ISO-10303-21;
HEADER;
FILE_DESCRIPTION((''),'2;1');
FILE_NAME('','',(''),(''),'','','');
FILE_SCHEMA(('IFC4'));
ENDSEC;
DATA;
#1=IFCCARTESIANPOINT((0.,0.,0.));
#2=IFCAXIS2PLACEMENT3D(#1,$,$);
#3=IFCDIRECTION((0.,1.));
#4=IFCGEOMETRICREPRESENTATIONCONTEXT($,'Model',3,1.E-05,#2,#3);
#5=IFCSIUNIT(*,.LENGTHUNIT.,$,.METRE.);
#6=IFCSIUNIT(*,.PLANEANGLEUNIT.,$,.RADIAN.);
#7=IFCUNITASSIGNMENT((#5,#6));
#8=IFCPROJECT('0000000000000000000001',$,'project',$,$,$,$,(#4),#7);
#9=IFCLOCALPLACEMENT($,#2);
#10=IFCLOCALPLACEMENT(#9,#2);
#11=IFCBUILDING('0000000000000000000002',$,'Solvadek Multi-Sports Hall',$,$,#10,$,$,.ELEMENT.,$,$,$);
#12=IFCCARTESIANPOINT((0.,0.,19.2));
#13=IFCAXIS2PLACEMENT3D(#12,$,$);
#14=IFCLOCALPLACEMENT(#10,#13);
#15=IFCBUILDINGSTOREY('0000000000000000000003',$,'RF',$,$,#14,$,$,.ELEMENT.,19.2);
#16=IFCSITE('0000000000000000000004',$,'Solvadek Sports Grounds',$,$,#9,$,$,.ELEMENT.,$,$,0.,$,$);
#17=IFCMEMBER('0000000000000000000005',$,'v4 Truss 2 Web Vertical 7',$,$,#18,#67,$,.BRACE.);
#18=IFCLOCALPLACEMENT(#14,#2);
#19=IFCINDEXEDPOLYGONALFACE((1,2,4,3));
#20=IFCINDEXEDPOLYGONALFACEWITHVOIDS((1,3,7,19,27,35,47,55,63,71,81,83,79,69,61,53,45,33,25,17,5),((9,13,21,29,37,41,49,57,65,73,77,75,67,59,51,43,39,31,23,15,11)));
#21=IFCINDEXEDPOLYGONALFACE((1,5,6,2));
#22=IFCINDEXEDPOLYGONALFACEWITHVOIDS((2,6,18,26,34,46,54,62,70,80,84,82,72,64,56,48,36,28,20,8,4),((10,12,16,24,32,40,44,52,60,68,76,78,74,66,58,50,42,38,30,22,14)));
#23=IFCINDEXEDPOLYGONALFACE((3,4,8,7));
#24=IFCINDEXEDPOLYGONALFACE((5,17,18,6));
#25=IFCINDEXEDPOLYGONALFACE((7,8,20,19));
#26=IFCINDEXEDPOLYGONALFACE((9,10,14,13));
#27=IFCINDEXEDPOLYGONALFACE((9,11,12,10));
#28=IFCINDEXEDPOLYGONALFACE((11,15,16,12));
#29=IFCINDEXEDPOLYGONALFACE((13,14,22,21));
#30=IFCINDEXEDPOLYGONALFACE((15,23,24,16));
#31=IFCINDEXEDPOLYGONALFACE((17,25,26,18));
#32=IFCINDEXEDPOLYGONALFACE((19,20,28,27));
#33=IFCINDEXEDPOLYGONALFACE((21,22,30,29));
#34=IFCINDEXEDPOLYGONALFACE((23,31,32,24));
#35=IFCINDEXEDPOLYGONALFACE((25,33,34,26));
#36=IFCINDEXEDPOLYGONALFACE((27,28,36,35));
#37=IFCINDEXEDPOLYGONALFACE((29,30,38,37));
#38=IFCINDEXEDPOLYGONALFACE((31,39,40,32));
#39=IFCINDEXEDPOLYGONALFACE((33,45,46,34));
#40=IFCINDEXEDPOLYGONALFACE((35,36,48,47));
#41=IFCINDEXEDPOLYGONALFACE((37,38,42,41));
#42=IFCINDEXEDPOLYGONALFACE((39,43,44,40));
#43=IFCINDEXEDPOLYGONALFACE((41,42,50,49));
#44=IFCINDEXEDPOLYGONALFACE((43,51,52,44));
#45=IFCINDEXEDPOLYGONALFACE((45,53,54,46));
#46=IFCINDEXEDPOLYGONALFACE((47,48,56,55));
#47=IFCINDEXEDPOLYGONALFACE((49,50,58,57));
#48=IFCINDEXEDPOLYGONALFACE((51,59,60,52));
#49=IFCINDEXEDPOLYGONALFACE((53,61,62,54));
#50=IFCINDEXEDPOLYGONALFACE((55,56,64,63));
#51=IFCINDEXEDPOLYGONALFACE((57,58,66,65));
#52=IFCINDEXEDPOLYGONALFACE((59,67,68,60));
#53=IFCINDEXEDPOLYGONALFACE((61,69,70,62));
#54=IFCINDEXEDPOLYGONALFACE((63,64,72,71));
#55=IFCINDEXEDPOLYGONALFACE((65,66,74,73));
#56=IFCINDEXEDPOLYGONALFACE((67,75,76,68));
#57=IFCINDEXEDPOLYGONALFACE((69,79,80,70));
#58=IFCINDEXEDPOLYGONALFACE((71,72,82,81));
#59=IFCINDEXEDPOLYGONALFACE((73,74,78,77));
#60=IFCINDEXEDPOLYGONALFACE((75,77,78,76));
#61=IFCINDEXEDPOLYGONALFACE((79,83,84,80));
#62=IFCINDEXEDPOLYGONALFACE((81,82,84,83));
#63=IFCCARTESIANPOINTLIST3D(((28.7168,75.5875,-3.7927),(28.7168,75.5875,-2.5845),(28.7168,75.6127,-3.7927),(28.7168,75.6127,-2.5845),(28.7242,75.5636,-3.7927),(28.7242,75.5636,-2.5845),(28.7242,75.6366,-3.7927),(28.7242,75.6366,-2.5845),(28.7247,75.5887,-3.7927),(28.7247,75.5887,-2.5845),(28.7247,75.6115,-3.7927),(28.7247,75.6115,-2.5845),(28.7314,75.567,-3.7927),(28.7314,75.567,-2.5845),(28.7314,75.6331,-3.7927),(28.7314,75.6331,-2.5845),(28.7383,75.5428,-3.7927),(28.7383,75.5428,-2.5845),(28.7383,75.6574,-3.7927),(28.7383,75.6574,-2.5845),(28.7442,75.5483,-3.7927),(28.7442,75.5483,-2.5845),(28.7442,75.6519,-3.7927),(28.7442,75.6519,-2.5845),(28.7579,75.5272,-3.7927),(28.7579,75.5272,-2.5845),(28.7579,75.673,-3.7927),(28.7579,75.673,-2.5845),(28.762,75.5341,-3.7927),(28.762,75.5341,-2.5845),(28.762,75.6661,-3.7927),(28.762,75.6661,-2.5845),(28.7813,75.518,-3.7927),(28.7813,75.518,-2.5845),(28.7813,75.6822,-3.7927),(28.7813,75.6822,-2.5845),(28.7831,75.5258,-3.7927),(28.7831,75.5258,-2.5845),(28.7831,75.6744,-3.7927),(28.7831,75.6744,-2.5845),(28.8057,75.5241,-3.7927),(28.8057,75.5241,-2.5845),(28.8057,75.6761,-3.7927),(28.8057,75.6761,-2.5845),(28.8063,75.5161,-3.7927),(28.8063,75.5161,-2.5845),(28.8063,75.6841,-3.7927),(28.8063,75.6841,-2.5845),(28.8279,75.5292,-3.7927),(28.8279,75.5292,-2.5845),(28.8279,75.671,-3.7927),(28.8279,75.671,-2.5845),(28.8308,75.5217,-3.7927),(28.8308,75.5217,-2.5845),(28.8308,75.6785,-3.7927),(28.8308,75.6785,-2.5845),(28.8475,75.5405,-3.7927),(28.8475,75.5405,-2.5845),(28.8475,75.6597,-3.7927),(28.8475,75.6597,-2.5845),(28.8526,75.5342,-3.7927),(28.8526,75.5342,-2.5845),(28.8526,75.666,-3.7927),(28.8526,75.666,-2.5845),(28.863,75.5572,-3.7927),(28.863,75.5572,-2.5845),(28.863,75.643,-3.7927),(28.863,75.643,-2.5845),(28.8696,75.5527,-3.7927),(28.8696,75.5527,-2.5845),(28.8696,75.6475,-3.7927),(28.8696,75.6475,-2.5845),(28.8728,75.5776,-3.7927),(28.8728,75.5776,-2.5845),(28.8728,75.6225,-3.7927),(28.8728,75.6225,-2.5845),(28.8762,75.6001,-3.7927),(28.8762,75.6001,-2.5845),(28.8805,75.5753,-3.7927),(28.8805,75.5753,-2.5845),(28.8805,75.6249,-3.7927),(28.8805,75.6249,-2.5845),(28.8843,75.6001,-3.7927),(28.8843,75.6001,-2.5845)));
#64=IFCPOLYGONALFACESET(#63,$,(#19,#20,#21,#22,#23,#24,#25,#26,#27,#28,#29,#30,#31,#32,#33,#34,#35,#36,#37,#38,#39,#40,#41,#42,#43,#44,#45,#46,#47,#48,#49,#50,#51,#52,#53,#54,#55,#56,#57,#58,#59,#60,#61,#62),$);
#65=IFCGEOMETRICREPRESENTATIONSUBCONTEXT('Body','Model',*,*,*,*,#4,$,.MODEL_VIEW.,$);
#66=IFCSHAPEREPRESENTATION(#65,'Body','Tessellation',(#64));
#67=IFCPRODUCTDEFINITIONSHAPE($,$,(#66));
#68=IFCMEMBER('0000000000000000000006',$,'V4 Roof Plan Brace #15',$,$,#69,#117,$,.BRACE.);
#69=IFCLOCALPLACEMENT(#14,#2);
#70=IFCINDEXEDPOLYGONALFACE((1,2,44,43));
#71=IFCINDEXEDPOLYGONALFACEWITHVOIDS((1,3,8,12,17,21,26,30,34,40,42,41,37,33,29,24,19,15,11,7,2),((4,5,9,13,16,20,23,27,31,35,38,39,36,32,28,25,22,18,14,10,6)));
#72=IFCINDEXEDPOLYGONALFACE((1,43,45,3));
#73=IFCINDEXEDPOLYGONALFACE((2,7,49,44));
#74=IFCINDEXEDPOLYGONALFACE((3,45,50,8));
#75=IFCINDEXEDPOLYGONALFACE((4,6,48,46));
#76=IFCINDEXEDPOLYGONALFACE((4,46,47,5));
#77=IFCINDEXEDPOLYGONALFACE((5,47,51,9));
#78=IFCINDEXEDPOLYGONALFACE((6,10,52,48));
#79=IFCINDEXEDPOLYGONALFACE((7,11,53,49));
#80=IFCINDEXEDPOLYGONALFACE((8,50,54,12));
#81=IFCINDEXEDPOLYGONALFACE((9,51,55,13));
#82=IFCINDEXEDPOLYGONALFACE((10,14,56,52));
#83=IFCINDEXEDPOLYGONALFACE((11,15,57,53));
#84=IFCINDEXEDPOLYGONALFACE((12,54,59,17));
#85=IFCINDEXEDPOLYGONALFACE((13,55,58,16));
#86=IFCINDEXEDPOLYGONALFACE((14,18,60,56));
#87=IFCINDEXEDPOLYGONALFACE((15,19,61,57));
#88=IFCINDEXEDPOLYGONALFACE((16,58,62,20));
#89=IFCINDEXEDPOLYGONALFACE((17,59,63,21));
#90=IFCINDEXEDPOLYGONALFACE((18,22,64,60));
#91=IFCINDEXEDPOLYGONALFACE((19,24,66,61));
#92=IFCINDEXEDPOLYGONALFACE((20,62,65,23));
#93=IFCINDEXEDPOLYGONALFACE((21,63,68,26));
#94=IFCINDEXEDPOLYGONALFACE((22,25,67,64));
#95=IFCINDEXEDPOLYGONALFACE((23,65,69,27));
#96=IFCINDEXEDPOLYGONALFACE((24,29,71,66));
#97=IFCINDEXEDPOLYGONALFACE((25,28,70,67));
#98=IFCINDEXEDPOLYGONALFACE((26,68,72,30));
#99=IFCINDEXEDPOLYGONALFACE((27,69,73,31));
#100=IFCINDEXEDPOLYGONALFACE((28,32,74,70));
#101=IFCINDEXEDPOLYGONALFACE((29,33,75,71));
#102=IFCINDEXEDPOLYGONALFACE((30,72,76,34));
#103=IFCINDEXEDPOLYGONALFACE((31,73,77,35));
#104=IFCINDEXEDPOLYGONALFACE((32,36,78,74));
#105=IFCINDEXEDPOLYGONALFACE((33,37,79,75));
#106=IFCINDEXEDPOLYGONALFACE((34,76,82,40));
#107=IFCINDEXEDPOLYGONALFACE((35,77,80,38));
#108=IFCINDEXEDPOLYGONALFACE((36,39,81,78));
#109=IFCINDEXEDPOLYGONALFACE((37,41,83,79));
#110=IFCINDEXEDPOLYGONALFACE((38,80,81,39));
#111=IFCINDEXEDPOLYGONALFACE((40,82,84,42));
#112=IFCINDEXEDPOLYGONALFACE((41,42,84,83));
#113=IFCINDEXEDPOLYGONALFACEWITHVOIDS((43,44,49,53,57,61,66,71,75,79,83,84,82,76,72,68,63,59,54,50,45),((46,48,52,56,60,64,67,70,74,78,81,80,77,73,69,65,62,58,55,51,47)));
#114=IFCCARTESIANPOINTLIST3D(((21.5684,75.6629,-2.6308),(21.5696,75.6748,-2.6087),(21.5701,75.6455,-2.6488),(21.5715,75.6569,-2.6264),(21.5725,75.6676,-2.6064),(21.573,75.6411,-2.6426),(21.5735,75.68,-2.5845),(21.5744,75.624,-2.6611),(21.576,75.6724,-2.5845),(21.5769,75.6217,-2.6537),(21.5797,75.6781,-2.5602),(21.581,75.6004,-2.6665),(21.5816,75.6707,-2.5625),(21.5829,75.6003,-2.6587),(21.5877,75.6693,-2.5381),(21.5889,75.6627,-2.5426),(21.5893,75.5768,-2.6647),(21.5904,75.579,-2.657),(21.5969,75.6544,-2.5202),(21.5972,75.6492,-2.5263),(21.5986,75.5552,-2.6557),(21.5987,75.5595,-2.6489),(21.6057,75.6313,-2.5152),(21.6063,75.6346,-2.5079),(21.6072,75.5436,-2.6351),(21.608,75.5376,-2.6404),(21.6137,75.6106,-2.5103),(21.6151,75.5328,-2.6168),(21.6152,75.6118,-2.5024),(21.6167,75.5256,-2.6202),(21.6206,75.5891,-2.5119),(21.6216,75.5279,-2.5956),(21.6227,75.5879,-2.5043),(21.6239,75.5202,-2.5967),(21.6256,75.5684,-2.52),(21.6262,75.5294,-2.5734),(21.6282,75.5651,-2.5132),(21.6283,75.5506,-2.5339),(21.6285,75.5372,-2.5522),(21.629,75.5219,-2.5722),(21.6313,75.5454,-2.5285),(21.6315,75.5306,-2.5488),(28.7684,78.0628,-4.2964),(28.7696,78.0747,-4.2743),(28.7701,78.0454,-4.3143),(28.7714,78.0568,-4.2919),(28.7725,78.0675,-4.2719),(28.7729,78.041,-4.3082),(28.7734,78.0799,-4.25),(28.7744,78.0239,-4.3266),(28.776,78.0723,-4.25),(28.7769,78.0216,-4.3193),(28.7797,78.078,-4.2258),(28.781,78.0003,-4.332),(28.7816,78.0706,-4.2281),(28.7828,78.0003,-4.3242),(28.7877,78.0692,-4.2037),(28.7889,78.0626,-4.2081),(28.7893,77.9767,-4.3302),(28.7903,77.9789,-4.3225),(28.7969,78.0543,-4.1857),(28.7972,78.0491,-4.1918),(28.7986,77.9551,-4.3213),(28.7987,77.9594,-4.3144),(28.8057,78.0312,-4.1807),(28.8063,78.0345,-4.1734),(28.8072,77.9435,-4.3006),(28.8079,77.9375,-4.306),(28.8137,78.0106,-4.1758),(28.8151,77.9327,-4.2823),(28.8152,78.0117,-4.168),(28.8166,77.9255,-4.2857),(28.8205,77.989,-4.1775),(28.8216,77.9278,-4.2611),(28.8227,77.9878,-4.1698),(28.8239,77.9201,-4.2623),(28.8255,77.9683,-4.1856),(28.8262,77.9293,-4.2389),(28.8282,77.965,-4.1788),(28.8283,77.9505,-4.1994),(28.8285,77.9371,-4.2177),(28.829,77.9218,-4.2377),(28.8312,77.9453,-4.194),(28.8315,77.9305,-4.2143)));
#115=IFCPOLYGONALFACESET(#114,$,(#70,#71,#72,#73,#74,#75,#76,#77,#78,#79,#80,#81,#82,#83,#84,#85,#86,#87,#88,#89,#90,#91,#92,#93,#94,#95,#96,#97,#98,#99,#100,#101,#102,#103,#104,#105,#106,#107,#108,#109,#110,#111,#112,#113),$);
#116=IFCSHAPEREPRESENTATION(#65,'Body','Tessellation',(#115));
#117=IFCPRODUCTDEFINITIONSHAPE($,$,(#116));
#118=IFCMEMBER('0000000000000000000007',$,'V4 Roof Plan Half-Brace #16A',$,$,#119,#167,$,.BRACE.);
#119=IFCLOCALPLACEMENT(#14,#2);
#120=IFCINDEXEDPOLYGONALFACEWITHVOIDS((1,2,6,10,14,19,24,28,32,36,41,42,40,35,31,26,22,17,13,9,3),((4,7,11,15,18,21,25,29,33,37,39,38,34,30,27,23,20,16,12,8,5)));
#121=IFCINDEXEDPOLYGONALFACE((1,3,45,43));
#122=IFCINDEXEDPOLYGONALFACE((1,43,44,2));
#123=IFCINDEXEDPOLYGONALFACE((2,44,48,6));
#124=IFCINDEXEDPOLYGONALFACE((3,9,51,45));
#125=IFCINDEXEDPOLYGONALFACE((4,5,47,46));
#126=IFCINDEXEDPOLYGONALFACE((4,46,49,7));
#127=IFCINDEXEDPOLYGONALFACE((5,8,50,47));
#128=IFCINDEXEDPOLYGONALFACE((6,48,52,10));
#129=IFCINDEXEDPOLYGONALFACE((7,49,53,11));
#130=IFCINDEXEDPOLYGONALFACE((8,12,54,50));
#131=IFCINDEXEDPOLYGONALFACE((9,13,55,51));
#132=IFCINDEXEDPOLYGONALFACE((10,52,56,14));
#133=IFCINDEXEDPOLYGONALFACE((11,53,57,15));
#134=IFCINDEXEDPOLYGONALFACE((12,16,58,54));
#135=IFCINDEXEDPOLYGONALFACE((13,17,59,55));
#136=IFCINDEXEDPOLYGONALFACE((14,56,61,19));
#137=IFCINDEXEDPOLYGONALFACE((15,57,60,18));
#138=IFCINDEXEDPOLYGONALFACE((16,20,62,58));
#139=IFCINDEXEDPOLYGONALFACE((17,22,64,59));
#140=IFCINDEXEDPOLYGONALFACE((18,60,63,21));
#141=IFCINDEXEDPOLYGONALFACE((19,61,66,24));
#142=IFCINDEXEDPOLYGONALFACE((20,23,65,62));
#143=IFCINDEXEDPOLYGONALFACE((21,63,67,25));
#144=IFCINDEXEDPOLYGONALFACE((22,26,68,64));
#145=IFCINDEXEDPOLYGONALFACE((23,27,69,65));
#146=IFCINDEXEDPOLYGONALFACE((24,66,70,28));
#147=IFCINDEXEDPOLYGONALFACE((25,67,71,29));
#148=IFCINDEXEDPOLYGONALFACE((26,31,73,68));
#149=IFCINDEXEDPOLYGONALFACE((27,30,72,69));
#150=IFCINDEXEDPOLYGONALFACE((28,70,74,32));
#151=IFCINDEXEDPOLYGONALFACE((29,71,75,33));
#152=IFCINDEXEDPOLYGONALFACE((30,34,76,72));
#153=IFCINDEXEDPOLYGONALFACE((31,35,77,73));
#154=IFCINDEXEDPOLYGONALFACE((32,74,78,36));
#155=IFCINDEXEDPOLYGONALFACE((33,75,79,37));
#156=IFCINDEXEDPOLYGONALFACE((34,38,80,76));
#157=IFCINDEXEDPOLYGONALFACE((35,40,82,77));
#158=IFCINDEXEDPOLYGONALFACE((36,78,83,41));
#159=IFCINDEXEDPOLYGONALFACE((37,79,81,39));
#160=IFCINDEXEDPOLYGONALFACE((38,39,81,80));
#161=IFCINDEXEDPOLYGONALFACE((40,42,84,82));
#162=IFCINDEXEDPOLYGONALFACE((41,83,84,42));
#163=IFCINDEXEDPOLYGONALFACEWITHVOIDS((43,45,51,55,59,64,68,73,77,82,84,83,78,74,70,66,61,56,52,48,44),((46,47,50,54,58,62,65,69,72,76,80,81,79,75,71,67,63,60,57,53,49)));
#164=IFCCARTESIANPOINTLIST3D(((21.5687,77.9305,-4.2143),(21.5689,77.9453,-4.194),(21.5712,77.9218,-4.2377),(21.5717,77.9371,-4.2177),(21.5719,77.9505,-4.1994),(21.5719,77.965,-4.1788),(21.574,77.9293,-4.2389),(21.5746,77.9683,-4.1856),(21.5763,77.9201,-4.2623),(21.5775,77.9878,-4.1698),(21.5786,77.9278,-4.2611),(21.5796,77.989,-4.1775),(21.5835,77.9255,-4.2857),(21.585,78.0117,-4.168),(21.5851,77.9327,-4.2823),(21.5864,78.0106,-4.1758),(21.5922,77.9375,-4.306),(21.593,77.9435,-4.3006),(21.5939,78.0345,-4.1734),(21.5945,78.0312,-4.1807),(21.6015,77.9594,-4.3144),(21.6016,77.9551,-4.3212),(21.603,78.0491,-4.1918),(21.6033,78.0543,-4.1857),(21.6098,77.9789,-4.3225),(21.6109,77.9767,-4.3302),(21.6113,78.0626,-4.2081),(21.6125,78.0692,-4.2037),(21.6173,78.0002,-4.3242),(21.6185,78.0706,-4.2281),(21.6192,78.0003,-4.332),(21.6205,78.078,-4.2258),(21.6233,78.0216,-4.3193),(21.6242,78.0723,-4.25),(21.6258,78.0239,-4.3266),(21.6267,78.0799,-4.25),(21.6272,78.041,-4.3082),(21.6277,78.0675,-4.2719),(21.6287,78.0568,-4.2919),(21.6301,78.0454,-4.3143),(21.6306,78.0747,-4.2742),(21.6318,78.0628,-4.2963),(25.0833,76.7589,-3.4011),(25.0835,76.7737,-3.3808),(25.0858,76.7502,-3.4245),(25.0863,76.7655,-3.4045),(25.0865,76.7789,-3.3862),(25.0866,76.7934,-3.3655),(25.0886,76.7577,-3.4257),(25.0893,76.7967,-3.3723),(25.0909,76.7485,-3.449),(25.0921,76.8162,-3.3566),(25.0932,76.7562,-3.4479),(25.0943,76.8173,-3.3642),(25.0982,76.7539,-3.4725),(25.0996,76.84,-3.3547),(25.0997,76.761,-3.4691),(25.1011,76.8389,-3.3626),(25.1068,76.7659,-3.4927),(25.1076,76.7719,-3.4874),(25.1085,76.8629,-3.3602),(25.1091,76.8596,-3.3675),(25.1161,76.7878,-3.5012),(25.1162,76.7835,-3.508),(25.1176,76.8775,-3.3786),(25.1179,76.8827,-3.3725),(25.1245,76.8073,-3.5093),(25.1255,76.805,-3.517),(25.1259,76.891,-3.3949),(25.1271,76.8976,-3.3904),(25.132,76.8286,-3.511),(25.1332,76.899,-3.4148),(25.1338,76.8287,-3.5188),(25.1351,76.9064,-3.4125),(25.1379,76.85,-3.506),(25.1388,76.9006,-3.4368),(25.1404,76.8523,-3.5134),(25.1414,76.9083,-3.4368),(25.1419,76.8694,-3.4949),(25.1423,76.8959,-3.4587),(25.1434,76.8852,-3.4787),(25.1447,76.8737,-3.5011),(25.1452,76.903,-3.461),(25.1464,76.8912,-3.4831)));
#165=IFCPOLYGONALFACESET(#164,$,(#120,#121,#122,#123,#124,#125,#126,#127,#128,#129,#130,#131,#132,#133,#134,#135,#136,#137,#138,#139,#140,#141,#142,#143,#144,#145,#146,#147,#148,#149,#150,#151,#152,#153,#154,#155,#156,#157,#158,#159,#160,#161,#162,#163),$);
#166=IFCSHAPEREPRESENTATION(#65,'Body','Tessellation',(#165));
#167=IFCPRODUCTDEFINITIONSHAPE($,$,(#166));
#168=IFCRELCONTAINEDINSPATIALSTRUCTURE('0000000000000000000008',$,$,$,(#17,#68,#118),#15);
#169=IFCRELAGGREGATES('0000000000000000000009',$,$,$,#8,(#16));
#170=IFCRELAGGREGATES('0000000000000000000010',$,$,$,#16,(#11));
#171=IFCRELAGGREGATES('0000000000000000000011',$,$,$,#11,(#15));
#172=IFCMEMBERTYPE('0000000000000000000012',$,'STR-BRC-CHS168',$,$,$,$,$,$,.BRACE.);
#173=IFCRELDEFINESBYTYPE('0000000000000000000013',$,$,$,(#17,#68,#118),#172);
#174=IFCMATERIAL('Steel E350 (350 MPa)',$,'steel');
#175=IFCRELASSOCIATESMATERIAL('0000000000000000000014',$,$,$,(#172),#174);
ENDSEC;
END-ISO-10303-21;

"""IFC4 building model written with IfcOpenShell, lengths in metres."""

from ifc_helpers import new_model, si_unit, direction, frame, origin, origin_2d, place, context, subcontext, project, spatial, hollow_circle, extrude, material, material_profile, profile_set, type_object, element, save


model = new_model("IFC4")

# Units and contexts
model_context = context("Model", 3, precision=1e-05, world=origin(), true_north=direction((0.0, 1.0)))
body_context = subcontext(model_context, "Body", "Model", "MODEL_VIEW")
ifc_project = project(units=[si_unit("LENGTHUNIT", "METRE"), si_unit("PLANEANGLEUNIT", "RADIAN")], contexts=[model_context])

# Site, building, storey
site_placement = place(None, origin())
site = spatial("IfcSite", under=ifc_project, at=site_placement, Name="Solvadek Sports Grounds", CompositionType="ELEMENT", RefElevation=0.0)
building_placement = place(site_placement, origin())
building = spatial("IfcBuilding", under=site, at=building_placement, Name="Solvadek Multi-Sports Hall", CompositionType="ELEMENT")
storey_placement = place(building_placement, frame((0.0, 0.0, 19.2)))
storey = spatial("IfcBuildingStorey", under=building, at=storey_placement, Name="RF", CompositionType="ELEMENT", Elevation=19.2)

# Members
ifc_material_1 = material(Name="Steel E350 (350 MPa)", Category="steel")
ifc_material_profile_1 = material_profile(ifc_material_1, hollow_circle(Radius=0.0842, WallThickness=0.0081, at=origin_2d()), Name="CHS 168.3x8")
ifc_profile_set_1 = profile_set([ifc_material_profile_1], Name="Steel E350 (350 MPa)")
member_type_1 = type_object("IfcMemberType", Name="STR-BRC-CHS168", PredefinedType="BRACE", material=ifc_profile_set_1)
member_1_placement = place(storey_placement, frame((28.8, 75.6001, -3.7927), z_axis=(0.0, 0.0, 1.0), x_axis=(1.0, 0.0, 0.0)))
element("IfcMember", 1, at=member_1_placement, inside=storey, type_object=member_type_1, Name="v4 Truss 2 Web Vertical 7", PredefinedType="BRACE", context=body_context, shape_type="SweptSolid", body=[
    extrude(hollow_circle(Radius=0.0842, WallThickness=0.0081, at=origin_2d()), origin(), (0.0, 0.0, 1.0), 1.2083),
])
member_2_placement = place(storey_placement, frame((21.6001, 75.6001, -2.5845), z_axis=(0.926635, 0.308868, -0.214354), x_axis=(-0.316218, 0.948687, 0.0)))
element("IfcMember", 2, at=member_2_placement, inside=storey, type_object=member_type_1, Name="V4 Roof Plan Brace #15", PredefinedType="BRACE", context=body_context, shape_type="SweptSolid", body=[
    extrude(hollow_circle(Radius=0.0842, WallThickness=0.0081, at=origin_2d()), origin(), (0.0, 0.0, 1.0), 7.77),
])
for number, where, z_axis, x_axis, name in (
    (3, (21.6001, 78.0, -4.25), (0.926615, -0.308893, 0.214404), (0.316248, 0.948677, 0.0), "V4 Roof Plan Half-Brace #16A"),
):
    element("IfcMember", number, at=place(storey_placement, frame(where, z_axis=z_axis, x_axis=x_axis)), inside=storey, type_object=member_type_1, Name=name, PredefinedType="BRACE", context=body_context, shape_type="SweptSolid", body=[
        extrude(hollow_circle(Radius=0.0842, WallThickness=0.0081, at=origin_2d()), origin(), (0.0, 0.0, 1.0), 3.793),
    ])

save(model, "model.ifc")
